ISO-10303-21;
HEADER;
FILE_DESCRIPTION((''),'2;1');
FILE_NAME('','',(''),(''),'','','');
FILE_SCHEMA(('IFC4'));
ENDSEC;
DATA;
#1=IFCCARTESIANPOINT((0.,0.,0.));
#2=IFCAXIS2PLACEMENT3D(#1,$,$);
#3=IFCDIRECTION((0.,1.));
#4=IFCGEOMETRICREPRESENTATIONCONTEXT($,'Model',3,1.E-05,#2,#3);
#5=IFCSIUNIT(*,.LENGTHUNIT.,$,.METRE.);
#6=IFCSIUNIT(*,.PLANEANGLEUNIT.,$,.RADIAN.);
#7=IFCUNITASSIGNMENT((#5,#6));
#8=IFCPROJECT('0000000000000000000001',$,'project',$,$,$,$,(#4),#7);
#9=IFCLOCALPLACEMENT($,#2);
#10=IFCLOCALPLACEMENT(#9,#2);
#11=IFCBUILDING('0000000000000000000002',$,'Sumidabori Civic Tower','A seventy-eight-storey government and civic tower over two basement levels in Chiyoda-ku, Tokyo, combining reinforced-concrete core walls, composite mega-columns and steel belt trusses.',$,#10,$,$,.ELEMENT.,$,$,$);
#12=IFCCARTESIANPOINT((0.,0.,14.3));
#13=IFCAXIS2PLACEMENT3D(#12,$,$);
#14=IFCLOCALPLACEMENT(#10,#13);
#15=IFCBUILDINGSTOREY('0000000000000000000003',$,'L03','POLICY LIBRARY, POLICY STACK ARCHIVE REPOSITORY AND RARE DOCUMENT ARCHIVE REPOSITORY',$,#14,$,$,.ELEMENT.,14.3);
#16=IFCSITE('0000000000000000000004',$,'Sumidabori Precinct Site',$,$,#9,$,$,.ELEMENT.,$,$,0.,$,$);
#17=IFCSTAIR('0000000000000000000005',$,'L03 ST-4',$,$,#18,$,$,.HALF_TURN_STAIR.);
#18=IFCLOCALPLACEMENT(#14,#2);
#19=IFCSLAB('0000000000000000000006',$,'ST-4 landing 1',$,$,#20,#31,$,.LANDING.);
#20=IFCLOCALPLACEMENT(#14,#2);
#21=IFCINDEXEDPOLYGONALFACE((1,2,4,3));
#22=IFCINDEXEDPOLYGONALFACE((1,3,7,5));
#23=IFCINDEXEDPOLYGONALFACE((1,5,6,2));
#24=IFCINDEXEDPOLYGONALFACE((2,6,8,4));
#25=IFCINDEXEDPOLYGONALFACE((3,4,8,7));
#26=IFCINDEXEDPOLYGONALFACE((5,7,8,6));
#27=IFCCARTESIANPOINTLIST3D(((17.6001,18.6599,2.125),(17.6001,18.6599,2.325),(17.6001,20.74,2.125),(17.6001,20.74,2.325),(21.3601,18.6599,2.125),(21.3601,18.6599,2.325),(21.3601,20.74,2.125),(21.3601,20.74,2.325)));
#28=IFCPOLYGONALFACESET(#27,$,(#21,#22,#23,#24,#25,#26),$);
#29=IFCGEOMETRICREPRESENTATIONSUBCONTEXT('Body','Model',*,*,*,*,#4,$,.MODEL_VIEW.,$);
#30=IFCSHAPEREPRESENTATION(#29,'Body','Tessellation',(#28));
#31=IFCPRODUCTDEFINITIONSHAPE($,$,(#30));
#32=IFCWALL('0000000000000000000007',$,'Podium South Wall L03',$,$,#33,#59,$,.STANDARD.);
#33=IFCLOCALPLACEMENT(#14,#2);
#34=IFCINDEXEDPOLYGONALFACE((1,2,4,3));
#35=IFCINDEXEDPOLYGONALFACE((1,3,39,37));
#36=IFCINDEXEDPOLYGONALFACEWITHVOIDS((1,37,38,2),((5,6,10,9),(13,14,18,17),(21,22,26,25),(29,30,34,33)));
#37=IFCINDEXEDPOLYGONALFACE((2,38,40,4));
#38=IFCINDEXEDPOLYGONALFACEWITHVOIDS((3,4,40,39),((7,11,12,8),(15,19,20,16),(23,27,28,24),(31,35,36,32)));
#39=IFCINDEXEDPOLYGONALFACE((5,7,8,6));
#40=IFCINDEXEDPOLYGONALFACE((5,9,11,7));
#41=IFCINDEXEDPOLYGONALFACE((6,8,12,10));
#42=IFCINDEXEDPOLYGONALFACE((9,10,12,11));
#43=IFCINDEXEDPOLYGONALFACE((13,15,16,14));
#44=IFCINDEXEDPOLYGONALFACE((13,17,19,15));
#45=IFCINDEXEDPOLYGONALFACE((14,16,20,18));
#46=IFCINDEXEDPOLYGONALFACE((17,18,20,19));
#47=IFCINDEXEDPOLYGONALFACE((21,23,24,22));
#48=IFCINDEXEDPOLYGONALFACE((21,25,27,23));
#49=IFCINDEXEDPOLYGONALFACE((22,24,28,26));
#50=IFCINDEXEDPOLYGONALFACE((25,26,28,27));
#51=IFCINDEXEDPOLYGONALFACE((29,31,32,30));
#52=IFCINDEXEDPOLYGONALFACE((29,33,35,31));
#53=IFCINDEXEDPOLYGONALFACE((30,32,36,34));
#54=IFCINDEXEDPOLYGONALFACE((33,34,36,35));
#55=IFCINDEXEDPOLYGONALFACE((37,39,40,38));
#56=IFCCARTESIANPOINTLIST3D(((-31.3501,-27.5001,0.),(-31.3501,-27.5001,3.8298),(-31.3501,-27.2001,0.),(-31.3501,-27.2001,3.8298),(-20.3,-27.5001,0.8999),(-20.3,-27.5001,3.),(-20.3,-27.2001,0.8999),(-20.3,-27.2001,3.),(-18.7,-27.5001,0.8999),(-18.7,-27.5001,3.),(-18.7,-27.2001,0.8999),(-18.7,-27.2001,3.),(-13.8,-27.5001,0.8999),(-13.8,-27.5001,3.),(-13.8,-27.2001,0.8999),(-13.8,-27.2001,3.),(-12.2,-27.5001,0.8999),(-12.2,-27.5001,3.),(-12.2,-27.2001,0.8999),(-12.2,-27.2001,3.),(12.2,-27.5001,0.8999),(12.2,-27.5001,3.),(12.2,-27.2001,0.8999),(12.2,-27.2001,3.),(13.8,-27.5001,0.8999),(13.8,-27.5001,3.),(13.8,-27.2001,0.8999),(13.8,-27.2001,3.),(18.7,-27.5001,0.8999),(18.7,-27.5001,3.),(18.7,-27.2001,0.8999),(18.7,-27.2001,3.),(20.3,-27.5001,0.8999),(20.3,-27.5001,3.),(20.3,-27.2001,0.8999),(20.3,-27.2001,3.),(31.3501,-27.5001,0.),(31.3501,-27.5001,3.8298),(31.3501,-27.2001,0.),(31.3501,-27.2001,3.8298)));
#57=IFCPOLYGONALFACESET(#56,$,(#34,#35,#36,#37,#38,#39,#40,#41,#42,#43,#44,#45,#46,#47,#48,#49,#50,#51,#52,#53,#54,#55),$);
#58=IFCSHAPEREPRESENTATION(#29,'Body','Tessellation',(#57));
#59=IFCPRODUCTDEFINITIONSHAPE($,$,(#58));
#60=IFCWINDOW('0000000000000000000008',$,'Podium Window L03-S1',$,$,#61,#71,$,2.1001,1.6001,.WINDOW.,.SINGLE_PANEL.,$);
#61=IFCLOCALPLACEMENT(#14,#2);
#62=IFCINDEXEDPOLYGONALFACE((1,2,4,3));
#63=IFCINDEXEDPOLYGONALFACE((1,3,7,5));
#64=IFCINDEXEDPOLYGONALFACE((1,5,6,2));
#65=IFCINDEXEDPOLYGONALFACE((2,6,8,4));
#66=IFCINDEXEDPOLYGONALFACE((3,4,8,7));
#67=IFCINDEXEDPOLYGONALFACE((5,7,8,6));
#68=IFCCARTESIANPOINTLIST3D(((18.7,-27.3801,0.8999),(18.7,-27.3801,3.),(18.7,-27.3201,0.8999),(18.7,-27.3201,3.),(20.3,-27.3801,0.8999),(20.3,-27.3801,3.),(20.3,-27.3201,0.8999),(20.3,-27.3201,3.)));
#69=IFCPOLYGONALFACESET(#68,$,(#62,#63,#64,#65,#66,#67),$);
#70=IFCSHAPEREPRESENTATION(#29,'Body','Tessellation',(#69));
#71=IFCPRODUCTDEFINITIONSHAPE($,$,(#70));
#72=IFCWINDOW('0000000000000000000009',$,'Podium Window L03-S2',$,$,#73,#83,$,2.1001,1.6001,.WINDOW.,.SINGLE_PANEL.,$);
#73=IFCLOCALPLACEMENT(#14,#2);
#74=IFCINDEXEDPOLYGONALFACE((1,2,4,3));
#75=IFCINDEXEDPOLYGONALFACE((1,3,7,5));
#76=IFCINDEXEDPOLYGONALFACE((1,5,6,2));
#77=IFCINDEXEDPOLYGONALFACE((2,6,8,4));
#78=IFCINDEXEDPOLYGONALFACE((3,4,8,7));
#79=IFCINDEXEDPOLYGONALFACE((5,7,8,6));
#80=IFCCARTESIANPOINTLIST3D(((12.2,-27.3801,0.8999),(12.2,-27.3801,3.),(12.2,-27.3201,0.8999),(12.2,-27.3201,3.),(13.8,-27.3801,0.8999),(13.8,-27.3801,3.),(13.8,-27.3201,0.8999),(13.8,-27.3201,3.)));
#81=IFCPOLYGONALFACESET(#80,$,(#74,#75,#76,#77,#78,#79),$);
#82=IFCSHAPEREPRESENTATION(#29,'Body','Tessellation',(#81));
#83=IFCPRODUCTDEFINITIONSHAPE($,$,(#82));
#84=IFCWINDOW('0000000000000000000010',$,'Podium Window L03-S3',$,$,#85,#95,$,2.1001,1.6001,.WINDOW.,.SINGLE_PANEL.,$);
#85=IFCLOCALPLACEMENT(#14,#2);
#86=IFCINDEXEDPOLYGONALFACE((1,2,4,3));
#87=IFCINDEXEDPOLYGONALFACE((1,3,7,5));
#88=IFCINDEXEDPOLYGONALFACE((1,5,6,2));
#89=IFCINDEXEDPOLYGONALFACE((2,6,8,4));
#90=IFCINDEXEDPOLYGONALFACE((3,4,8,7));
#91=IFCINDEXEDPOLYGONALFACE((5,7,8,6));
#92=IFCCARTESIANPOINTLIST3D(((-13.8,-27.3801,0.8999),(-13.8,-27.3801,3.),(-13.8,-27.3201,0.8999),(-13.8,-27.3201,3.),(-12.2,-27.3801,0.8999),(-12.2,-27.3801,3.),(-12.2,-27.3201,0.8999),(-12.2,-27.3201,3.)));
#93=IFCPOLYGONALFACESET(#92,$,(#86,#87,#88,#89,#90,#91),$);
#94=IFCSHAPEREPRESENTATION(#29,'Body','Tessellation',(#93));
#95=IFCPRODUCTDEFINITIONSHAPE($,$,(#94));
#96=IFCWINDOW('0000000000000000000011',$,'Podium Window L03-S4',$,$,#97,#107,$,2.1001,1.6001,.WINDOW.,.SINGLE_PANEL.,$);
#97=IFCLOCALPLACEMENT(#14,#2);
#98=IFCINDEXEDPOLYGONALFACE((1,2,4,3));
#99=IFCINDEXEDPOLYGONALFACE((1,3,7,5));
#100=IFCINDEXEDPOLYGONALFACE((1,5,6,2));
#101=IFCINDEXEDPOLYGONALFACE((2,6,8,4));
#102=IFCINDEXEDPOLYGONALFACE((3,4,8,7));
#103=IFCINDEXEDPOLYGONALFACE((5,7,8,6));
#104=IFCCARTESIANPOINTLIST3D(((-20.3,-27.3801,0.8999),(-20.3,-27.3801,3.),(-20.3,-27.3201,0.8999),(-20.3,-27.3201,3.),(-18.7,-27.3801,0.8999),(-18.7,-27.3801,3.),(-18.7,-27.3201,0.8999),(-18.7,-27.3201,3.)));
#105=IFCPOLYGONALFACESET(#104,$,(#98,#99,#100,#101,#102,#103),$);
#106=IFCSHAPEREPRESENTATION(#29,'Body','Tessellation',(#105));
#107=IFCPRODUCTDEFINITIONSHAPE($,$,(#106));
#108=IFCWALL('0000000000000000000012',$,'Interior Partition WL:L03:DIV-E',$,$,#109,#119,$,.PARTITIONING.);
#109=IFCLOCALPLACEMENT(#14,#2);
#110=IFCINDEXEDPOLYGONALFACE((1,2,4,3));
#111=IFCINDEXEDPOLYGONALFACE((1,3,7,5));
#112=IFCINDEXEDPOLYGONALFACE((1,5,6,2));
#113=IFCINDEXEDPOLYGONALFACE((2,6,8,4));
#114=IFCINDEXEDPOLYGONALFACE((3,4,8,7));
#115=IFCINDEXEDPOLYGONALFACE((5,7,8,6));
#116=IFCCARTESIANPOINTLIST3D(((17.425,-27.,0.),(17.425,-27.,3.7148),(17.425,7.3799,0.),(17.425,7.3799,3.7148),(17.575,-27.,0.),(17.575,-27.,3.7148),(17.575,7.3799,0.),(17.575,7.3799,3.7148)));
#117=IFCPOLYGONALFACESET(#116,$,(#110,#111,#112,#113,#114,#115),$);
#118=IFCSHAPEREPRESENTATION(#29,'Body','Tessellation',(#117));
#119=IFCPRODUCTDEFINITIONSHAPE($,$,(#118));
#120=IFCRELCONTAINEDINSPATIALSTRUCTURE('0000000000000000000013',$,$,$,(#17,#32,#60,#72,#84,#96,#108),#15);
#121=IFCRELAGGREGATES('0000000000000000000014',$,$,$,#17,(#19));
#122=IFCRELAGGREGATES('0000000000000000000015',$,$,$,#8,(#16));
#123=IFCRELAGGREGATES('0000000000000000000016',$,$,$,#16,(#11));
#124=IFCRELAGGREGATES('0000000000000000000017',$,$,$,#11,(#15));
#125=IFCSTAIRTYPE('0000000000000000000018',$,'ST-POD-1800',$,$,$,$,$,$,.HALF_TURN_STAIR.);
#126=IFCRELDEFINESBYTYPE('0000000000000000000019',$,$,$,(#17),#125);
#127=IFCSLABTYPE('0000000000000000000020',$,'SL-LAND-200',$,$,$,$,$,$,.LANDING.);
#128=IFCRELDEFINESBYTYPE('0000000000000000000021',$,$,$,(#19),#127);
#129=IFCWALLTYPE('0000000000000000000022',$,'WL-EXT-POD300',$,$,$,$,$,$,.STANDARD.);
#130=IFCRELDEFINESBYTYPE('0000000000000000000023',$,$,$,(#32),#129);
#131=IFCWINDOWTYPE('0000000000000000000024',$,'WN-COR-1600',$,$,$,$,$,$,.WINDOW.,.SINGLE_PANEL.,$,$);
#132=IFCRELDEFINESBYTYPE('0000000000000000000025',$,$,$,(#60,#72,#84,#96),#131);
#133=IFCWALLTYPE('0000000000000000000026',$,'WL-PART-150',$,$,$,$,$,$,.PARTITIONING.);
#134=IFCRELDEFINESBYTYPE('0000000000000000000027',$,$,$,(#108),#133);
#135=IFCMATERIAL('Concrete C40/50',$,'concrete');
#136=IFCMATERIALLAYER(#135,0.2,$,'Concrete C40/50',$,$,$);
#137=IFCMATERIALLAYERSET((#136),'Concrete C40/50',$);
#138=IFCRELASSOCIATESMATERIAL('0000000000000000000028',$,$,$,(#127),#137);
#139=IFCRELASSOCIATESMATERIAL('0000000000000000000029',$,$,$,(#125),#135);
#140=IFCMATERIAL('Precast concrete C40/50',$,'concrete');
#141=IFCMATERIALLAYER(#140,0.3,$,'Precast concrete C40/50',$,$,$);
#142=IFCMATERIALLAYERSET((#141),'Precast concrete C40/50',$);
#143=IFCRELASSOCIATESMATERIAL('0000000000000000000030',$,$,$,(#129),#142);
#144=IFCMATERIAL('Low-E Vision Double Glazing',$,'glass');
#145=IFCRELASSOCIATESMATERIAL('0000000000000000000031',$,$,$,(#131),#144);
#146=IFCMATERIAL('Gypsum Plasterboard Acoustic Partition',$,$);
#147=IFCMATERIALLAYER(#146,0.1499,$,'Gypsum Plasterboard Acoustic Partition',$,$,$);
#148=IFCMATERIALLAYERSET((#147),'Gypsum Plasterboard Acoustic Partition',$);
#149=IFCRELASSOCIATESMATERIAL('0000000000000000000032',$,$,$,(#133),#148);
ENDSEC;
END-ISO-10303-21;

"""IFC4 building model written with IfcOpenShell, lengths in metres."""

from ifc_helpers import new_model, si_unit, direction, frame, frame_2d, origin, place, context, subcontext, project, spatial, polyline, rectangle, outline, extrude, source, transform, mapped, material, layer, layer_set, type_object, element, fill, aggregate, save


model = new_model("IFC4")

# Units and contexts
model_context = context("Model", 3, precision=1e-05, world=origin(), true_north=direction((0.0, 1.0)))
body_context = subcontext(model_context, "Body", "Model", "MODEL_VIEW")
ifc_project = project(units=[si_unit("LENGTHUNIT", "METRE"), si_unit("PLANEANGLEUNIT", "RADIAN")], contexts=[model_context])

# Site, building, storey
site_placement = place(None, origin())
site = spatial("IfcSite", under=ifc_project, at=site_placement, Name="Sumidabori Precinct Site", CompositionType="ELEMENT", RefElevation=0.0)
building_placement = place(site_placement, origin())
building = spatial("IfcBuilding", under=site, at=building_placement, Name="Sumidabori Civic Tower", Description="A seventy-eight-storey government and civic tower over two basement levels in Chiyoda-ku, Tokyo, combining reinforced-concrete core walls, composite mega-columns and steel belt trusses.", CompositionType="ELEMENT")
storey_placement = place(building_placement, frame((0.0, 0.0, 14.3)))
storey = spatial("IfcBuildingStorey", under=building, at=storey_placement, Name="L03", Description="POLICY LIBRARY, POLICY STACK ARCHIVE REPOSITORY AND RARE DOCUMENT ARCHIVE REPOSITORY", CompositionType="ELEMENT", Elevation=14.3)

# Stair, slab
ifc_material_1 = material(Name="Concrete C40/50", Category="concrete")
ifc_layer_1 = layer(ifc_material_1, 0.2, Name="Concrete C40/50")
ifc_layer_set_1 = layer_set([ifc_layer_1], Name="Concrete C40/50")
slab_type = type_object("IfcSlabType", Name="SL-LAND-200", PredefinedType="LANDING", material=ifc_layer_set_1)
stair_type_1 = type_object("IfcStairType", Name="ST-POD-1800", PredefinedType="HALF_TURN_STAIR", material=ifc_material_1)
stair_1_placement = place(storey_placement, origin())
stair_1 = element("IfcStair", 1, at=stair_1_placement, inside=storey, type_object=stair_type_1, Name="L03 ST-4", PredefinedType="HALF_TURN_STAIR")
slab_1_placement = place(storey_placement, frame((0.0, 0.0, 2.125)))
slab_1 = element("IfcSlab", 2, at=slab_1_placement, type_object=slab_type, Name="ST-4 landing 1", PredefinedType="LANDING", context=body_context, shape_type="SweptSolid", body=[
    extrude(outline(polyline([(21.3601, 18.6599), (21.3601, 20.74), (17.6001, 20.74), (17.6001, 18.6599), (21.3601, 18.6599)])), origin(), (0.0, 0.0, 1.0), 0.2),
])
aggregate(stair_1, [slab_1])

# Wall, openings, windows
ifc_material_2 = material(Name="Precast concrete C40/50", Category="concrete")
ifc_layer_2 = layer(ifc_material_2, 0.3, Name="Precast concrete C40/50")
ifc_layer_set_2 = layer_set([ifc_layer_2], Name="Precast concrete C40/50")
wall_type_1 = type_object("IfcWallType", Name="WL-EXT-POD300", PredefinedType="STANDARD", material=ifc_layer_set_2)
shared_shape_1 = source(origin(), body_context, "Body", "SweptSolid", [
    extrude(rectangle(XDim=62.7002, YDim=0.3, at=frame_2d((31.3501, 0.0))), origin(), (0.0, 0.0, 1.0), 3.8298),
])
wall_1_placement = place(storey_placement, frame((31.3501, -27.3501, 0.0), z_axis=(0.0, 0.0, 1.0), x_axis=(-1.0, 0.0, 0.0)))
wall_1 = element("IfcWall", 3, at=wall_1_placement, inside=storey, type_object=wall_type_1, Name="Podium South Wall L03", PredefinedType="STANDARD", context=body_context, shape_type="MappedRepresentation", body=[
    mapped(shared_shape_1, transform((0.0, 0.0, 0.0), x_axis=(1.0, 0.0, 0.0), y_axis=(0.0, 1.0, 0.0), z_axis=(0.0, 0.0, 1.0), scale=1.0)),
])
opening_1_placement = place(wall_1_placement, frame((11.05, 0.0, 0.8999)))
opening_1 = element("IfcOpeningElement", 4, at=opening_1_placement, cuts=wall_1, PredefinedType="OPENING", context=body_context, shape_type="SweptSolid", body=[
    extrude(rectangle(XDim=1.6001, YDim=2.1001, at=frame_2d((0.8, 1.05))), frame((0.0, 0.1621, 0.0), z_axis=(0.0, -1.0, 0.0), x_axis=(1.0, 0.0, 0.0)), (0.0, 0.0, 1.0), 0.324),
])
opening_2_placement = place(wall_1_placement, frame((17.55, 0.0, 0.8999)))
opening_2 = element("IfcOpeningElement", 5, at=opening_2_placement, cuts=wall_1, PredefinedType="OPENING", context=body_context, shape_type="SweptSolid", body=[
    extrude(rectangle(XDim=1.6001, YDim=2.1001, at=frame_2d((0.8, 1.05))), frame((0.0, 0.1621, 0.0), z_axis=(0.0, -1.0, 0.0), x_axis=(1.0, 0.0, 0.0)), (0.0, 0.0, 1.0), 0.324),
])
opening_3_placement = place(wall_1_placement, frame((43.55, 0.0, 0.8999)))
opening_3 = element("IfcOpeningElement", 6, at=opening_3_placement, cuts=wall_1, PredefinedType="OPENING", context=body_context, shape_type="SweptSolid", body=[
    extrude(rectangle(XDim=1.6001, YDim=2.1001, at=frame_2d((0.8, 1.05))), frame((0.0, 0.1621, 0.0), z_axis=(0.0, -1.0, 0.0), x_axis=(1.0, 0.0, 0.0)), (0.0, 0.0, 1.0), 0.324),
])
opening_4_placement = place(wall_1_placement, frame((50.05, 0.0, 0.8999)))
opening_4 = element("IfcOpeningElement", 7, at=opening_4_placement, cuts=wall_1, PredefinedType="OPENING", context=body_context, shape_type="SweptSolid", body=[
    extrude(rectangle(XDim=1.6001, YDim=2.1001, at=frame_2d((0.8, 1.05))), frame((0.0, 0.1621, 0.0), z_axis=(0.0, -1.0, 0.0), x_axis=(1.0, 0.0, 0.0)), (0.0, 0.0, 1.0), 0.324),
])
ifc_material_3 = material(Name="Low-E Vision Double Glazing", Category="glass")
window_type = type_object("IfcWindowType", Name="WN-COR-1600", PartitioningType="SINGLE_PANEL", PredefinedType="WINDOW", material=ifc_material_3)
shared_shape_2 = source(origin(), body_context, "Body", "SweptSolid", [
    extrude(rectangle(XDim=1.6001, YDim=2.1001, at=frame_2d((0.8, 1.05))), frame((0.0, 0.03, 0.0), z_axis=(0.0, -1.0, 0.0), x_axis=(1.0, 0.0, 0.0)), (0.0, 0.0, 1.0), 0.0601),
])
window_1_placement = place(opening_1_placement, origin())
window_1 = element("IfcWindow", 8, at=window_1_placement, inside=storey, type_object=window_type, Name="Podium Window L03-S1", OverallHeight=2.1001, OverallWidth=1.6001, PartitioningType="SINGLE_PANEL", PredefinedType="WINDOW", context=body_context, shape_type="MappedRepresentation", body=[
    mapped(shared_shape_2, transform((0.0, 0.0, 0.0), x_axis=(1.0, 0.0, 0.0), y_axis=(0.0, 1.0, 0.0), z_axis=(0.0, 0.0, 1.0), scale=1.0)),
])
fill(opening_1, window_1)
window_2_placement = place(opening_2_placement, origin())
window_2 = element("IfcWindow", 9, at=window_2_placement, inside=storey, type_object=window_type, Name="Podium Window L03-S2", OverallHeight=2.1001, OverallWidth=1.6001, PartitioningType="SINGLE_PANEL", PredefinedType="WINDOW", context=body_context, shape_type="MappedRepresentation", body=[
    mapped(shared_shape_2, transform((0.0, 0.0, 0.0), x_axis=(1.0, 0.0, 0.0), y_axis=(0.0, 1.0, 0.0), z_axis=(0.0, 0.0, 1.0), scale=1.0)),
])
fill(opening_2, window_2)
window_3_placement = place(opening_3_placement, origin())
window_3 = element("IfcWindow", 10, at=window_3_placement, inside=storey, type_object=window_type, Name="Podium Window L03-S3", OverallHeight=2.1001, OverallWidth=1.6001, PartitioningType="SINGLE_PANEL", PredefinedType="WINDOW", context=body_context, shape_type="MappedRepresentation", body=[
    mapped(shared_shape_2, transform((0.0, 0.0, 0.0), x_axis=(1.0, 0.0, 0.0), y_axis=(0.0, 1.0, 0.0), z_axis=(0.0, 0.0, 1.0), scale=1.0)),
])
fill(opening_3, window_3)
window_4_placement = place(opening_4_placement, origin())
window_4 = element("IfcWindow", 11, at=window_4_placement, inside=storey, type_object=window_type, Name="Podium Window L03-S4", OverallHeight=2.1001, OverallWidth=1.6001, PartitioningType="SINGLE_PANEL", PredefinedType="WINDOW", context=body_context, shape_type="MappedRepresentation", body=[
    mapped(shared_shape_2, transform((0.0, 0.0, 0.0), x_axis=(1.0, 0.0, 0.0), y_axis=(0.0, 1.0, 0.0), z_axis=(0.0, 0.0, 1.0), scale=1.0)),
])
fill(opening_4, window_4)

# Wall
ifc_material_4 = material(Name="Gypsum Plasterboard Acoustic Partition")
ifc_layer_3 = layer(ifc_material_4, 0.1499, Name="Gypsum Plasterboard Acoustic Partition")
ifc_layer_set_3 = layer_set([ifc_layer_3], Name="Gypsum Plasterboard Acoustic Partition")
wall_type_2 = type_object("IfcWallType", Name="WL-PART-150", PredefinedType="PARTITIONING", material=ifc_layer_set_3)
shared_shape_3 = source(origin(), body_context, "Body", "SweptSolid", [
    extrude(rectangle(XDim=34.3799, YDim=0.1499, at=frame_2d((17.1899, 0.0))), origin(), (0.0, 0.0, 1.0), 3.7148),
])
wall_2_placement = place(storey_placement, frame((17.5, -27.0, 0.0), z_axis=(0.0, 0.0, 1.0), x_axis=(0.0, 1.0, 0.0)))
element("IfcWall", 12, at=wall_2_placement, inside=storey, type_object=wall_type_2, Name="Interior Partition WL:L03:DIV-E", PredefinedType="PARTITIONING", context=body_context, shape_type="MappedRepresentation", body=[
    mapped(shared_shape_3, transform((0.0, 0.0, 0.0), x_axis=(1.0, 0.0, 0.0), y_axis=(0.0, 1.0, 0.0), z_axis=(0.0, 0.0, 1.0), scale=1.0)),
])

save(model, "model.ifc")
